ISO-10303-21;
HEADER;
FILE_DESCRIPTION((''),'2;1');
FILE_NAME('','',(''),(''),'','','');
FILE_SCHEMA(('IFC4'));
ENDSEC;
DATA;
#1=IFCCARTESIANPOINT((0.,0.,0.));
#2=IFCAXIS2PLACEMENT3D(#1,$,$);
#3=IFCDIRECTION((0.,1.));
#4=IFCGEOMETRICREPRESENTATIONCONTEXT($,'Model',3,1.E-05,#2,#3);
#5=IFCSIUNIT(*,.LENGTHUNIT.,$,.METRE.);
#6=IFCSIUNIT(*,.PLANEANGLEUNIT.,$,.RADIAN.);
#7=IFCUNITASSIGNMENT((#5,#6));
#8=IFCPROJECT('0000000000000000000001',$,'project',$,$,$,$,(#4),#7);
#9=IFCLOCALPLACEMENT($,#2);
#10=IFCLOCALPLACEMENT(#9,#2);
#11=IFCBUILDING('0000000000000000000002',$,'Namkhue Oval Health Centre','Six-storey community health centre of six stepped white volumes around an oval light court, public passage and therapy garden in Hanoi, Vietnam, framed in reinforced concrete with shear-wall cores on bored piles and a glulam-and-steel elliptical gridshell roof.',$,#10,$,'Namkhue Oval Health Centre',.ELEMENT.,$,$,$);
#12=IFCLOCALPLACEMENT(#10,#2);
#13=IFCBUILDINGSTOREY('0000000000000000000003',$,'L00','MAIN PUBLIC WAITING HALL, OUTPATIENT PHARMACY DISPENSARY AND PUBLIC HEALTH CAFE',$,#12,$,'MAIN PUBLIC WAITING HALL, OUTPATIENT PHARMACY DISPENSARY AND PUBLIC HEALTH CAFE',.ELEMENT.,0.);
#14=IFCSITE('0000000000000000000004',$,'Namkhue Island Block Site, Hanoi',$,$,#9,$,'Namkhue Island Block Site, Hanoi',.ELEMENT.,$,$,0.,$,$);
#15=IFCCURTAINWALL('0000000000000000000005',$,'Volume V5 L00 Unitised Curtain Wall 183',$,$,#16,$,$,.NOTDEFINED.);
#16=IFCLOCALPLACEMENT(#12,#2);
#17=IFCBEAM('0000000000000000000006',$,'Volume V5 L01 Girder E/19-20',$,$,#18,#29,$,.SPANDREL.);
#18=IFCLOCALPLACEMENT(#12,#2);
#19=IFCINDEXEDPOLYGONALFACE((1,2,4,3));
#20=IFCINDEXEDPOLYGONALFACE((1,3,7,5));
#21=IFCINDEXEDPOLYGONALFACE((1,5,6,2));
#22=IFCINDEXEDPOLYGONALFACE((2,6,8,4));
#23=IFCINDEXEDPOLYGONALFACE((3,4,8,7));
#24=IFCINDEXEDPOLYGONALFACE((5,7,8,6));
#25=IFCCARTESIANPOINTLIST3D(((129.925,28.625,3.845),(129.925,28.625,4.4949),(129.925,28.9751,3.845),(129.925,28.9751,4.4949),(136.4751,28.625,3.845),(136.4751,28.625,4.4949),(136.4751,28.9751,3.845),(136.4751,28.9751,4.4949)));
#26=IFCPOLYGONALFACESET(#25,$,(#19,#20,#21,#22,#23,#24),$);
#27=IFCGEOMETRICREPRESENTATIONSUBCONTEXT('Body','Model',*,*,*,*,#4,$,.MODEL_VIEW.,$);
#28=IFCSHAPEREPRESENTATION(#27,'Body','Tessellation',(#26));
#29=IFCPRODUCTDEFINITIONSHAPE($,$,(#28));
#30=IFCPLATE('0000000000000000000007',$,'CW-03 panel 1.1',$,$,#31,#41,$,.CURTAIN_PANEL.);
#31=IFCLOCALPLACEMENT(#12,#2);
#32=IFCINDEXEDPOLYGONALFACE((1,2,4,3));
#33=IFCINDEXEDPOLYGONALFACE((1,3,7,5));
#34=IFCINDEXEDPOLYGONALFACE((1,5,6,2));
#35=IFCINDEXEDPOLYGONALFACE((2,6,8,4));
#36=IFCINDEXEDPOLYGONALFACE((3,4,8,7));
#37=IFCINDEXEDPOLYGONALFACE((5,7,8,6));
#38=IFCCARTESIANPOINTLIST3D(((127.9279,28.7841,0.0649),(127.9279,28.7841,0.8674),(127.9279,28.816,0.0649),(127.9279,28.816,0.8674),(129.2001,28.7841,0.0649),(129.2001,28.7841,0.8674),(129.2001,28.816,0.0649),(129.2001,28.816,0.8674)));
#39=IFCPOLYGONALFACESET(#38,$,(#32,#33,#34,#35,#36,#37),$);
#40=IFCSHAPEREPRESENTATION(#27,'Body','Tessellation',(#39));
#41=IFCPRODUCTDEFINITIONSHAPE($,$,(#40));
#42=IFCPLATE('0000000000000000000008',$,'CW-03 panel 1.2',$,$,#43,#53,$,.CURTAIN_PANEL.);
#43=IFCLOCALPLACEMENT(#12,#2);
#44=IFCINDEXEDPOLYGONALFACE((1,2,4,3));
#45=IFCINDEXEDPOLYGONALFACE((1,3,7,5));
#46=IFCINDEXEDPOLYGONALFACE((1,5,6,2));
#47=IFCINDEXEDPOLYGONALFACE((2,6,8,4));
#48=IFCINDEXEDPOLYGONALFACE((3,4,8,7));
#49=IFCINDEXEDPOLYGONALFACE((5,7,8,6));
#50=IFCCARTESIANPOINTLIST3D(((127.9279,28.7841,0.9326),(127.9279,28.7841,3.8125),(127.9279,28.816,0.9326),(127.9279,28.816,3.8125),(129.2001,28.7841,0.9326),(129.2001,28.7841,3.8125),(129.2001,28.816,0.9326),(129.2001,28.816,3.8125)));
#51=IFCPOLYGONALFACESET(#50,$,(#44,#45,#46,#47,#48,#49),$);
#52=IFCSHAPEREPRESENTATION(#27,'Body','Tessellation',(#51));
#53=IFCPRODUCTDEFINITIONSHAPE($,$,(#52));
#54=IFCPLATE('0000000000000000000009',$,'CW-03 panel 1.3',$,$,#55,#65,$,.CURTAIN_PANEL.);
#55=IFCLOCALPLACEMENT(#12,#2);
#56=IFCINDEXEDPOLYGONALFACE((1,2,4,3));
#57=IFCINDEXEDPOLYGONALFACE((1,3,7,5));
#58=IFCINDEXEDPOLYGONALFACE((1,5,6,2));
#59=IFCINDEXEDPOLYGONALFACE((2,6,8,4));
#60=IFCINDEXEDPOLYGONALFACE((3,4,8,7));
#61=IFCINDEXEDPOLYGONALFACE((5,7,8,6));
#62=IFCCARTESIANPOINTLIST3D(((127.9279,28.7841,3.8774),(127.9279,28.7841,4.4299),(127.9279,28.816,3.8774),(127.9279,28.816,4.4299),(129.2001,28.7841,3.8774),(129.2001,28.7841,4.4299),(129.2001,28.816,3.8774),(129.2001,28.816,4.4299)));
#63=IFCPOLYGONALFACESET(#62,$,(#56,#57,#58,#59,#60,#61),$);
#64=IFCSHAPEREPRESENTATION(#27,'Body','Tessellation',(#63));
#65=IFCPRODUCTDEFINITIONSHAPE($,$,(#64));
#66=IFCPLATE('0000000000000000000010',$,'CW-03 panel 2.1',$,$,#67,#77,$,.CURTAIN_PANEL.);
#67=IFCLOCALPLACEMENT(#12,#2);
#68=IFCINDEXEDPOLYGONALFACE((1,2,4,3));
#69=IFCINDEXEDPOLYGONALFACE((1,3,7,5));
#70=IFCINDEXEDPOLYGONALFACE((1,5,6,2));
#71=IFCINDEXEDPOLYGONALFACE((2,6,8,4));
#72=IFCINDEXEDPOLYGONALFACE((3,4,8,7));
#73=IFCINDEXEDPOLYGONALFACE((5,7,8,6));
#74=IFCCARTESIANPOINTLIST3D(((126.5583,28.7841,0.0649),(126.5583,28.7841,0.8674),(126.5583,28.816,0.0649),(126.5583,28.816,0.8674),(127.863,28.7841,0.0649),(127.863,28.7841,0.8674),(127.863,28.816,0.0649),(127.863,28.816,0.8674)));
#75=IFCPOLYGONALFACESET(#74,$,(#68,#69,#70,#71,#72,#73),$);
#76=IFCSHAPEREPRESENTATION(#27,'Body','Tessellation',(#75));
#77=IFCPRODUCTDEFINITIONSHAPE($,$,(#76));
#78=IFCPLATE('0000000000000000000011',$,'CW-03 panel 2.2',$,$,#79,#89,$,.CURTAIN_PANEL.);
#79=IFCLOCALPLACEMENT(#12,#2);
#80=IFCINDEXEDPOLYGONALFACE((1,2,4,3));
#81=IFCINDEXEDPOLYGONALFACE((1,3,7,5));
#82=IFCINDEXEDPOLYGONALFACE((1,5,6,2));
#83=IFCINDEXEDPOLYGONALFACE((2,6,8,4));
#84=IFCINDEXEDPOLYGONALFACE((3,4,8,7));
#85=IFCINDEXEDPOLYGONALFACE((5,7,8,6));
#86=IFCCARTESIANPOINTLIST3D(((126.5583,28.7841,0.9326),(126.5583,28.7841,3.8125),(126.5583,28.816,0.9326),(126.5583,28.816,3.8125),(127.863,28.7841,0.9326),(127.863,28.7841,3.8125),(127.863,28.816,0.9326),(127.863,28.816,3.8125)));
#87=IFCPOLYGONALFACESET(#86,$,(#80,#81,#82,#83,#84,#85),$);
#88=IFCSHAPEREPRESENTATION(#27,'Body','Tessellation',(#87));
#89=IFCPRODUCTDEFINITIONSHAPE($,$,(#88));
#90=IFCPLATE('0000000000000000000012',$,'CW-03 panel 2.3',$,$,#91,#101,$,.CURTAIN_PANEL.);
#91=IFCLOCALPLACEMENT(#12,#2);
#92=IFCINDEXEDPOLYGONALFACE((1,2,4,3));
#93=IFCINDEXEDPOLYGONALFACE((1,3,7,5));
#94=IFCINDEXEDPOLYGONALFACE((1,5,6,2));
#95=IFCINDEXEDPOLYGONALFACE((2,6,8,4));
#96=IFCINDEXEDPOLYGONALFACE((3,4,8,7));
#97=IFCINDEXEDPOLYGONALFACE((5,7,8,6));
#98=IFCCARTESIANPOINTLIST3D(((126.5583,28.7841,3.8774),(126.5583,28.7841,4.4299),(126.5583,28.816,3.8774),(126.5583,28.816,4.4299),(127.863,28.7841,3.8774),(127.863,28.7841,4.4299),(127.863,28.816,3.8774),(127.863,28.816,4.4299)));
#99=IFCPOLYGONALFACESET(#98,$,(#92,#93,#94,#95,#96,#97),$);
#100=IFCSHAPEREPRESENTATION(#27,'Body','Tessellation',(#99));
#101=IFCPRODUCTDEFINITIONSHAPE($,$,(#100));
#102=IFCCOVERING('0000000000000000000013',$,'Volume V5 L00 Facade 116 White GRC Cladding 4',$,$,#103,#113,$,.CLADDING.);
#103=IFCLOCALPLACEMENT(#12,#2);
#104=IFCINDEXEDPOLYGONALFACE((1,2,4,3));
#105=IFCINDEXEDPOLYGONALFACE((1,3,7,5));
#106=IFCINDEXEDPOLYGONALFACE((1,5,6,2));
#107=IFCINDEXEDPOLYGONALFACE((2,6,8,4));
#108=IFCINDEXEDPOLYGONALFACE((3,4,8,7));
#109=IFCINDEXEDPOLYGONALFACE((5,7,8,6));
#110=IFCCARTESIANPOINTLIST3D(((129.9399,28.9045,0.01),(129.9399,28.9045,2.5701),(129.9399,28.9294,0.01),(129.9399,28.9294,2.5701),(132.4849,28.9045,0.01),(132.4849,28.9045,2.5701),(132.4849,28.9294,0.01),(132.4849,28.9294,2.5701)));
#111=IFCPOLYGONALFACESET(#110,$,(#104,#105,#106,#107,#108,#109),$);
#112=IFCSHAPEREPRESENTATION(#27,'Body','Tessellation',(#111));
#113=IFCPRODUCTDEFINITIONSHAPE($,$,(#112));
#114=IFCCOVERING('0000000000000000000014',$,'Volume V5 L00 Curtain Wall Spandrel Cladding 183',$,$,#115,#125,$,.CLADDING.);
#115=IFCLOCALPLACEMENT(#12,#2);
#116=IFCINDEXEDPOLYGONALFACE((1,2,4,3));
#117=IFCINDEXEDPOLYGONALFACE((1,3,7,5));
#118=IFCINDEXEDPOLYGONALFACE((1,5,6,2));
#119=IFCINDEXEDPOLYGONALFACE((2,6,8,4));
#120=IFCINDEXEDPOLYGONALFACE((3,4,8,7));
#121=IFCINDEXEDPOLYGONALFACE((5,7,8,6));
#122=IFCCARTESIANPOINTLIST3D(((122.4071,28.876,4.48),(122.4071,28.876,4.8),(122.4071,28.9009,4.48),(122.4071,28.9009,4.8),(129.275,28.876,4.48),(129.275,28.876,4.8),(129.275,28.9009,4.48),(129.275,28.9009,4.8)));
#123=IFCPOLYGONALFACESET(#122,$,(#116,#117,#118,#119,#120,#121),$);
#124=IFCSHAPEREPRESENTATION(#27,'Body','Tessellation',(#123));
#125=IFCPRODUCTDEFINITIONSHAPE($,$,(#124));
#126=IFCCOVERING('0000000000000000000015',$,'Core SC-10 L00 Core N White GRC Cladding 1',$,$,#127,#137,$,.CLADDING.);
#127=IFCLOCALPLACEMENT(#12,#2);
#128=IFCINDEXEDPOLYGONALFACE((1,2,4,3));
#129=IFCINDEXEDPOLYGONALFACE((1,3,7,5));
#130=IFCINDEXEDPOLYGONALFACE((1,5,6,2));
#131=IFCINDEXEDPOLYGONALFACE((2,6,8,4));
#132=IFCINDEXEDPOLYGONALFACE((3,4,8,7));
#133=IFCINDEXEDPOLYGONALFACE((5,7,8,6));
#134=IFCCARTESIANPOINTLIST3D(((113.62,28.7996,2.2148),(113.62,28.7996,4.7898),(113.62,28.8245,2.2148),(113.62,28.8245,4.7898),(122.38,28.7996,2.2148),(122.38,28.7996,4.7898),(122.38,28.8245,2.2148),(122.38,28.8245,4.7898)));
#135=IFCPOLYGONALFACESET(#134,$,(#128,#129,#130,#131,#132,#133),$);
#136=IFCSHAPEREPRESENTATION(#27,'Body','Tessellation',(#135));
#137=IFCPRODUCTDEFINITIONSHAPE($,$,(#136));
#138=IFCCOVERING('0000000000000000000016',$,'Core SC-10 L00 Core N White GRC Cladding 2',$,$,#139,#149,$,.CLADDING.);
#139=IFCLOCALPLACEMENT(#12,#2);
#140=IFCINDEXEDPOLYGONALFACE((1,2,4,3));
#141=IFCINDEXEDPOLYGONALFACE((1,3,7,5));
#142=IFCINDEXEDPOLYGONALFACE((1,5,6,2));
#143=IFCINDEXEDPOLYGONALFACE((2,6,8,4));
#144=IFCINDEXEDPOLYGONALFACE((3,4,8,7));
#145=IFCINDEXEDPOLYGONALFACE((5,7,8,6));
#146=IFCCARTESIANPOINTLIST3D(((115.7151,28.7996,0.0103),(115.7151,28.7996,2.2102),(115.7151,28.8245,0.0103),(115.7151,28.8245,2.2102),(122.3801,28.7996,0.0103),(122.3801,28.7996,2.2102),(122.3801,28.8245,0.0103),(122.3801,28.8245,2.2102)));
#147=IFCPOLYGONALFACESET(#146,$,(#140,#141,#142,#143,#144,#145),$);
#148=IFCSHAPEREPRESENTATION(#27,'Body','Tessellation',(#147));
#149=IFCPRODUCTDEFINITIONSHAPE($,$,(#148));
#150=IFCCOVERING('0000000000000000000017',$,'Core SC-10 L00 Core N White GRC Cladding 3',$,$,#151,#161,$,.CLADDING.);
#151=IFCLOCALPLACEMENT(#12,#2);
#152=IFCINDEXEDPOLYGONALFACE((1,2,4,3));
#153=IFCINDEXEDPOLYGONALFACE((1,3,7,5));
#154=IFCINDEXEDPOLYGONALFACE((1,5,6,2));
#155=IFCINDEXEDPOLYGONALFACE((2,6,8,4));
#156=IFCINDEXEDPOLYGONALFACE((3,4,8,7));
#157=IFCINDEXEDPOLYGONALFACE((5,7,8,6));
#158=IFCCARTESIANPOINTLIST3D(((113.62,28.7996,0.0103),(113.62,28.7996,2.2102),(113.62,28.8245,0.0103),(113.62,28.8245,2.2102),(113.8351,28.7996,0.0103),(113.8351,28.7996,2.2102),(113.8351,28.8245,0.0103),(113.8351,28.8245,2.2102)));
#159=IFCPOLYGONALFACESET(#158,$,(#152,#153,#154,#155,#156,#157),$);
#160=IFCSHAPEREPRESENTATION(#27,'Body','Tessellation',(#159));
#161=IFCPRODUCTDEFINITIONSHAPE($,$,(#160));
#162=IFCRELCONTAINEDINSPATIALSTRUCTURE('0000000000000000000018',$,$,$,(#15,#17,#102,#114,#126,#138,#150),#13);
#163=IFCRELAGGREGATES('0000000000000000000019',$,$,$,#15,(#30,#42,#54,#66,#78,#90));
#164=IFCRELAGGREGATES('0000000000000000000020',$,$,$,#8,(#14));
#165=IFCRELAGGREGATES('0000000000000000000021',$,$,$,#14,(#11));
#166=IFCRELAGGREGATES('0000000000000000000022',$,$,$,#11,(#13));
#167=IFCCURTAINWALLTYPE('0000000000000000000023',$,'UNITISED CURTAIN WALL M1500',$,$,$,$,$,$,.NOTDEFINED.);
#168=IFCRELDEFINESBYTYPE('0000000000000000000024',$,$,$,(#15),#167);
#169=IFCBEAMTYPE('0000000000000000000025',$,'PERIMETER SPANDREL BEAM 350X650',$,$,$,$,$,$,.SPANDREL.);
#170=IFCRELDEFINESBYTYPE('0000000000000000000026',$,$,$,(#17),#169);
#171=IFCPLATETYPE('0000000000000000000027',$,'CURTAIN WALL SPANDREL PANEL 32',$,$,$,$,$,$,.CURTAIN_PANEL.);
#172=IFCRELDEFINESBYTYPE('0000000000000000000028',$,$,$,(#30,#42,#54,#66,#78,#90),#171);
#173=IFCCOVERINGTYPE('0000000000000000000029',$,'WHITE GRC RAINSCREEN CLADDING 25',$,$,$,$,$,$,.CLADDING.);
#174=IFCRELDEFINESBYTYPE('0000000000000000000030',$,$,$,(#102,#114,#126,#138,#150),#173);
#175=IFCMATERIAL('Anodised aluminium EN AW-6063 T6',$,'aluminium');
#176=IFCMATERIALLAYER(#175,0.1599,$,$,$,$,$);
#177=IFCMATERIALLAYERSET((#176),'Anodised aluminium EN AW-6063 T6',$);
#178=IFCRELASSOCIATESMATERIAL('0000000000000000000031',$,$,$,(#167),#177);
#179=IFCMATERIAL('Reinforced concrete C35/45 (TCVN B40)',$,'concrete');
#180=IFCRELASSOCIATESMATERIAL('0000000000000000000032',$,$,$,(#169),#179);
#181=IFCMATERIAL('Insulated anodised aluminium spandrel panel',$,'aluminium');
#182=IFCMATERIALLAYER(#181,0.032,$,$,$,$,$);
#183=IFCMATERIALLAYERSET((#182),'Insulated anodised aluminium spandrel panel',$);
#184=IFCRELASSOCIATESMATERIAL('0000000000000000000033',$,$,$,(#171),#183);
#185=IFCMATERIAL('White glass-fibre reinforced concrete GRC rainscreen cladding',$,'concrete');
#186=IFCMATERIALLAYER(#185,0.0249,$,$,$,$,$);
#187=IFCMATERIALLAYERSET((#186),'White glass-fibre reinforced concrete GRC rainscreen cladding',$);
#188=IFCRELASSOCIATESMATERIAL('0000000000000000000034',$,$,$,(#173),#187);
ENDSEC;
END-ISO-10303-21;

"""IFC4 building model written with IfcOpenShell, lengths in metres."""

from ifc_helpers import new_model, si_unit, direction, frame, origin, origin_2d, place, context, subcontext, project, spatial, rectangle, extrude, material, layer, layer_set, material_profile, profile_set, type_object, element, aggregate, save


model = new_model("IFC4")

# Units and contexts
model_context = context("Model", 3, precision=1e-05, world=origin(), true_north=direction((0.0, 1.0)))
body_context = subcontext(model_context, "Body", "Model", "MODEL_VIEW")
ifc_project = project(units=[si_unit("LENGTHUNIT", "METRE"), si_unit("PLANEANGLEUNIT", "RADIAN")], contexts=[model_context])

# Site, building, storey
site_placement = place(None, origin())
site = spatial("IfcSite", under=ifc_project, at=site_placement, Name="Namkhue Island Block Site, Hanoi", LongName="Namkhue Island Block Site, Hanoi", CompositionType="ELEMENT", RefElevation=0.0)
building_placement = place(site_placement, origin())
building = spatial("IfcBuilding", under=site, at=building_placement, Name="Namkhue Oval Health Centre", Description="Six-storey community health centre of six stepped white volumes around an oval light court, public passage and therapy garden in Hanoi, Vietnam, framed in reinforced concrete with shear-wall cores on bored piles and a glulam-and-steel elliptical gridshell roof.", LongName="Namkhue Oval Health Centre", CompositionType="ELEMENT")
storey_placement = place(building_placement, origin())
storey = spatial("IfcBuildingStorey", under=building, at=storey_placement, Name="L00", Description="MAIN PUBLIC WAITING HALL, OUTPATIENT PHARMACY DISPENSARY AND PUBLIC HEALTH CAFE", LongName="MAIN PUBLIC WAITING HALL, OUTPATIENT PHARMACY DISPENSARY AND PUBLIC HEALTH CAFE", CompositionType="ELEMENT", Elevation=0.0)

# Shared definitions
ifc_material_1 = material(Name="Reinforced concrete C35/45 (TCVN B40)", Category="concrete")

# Curtain wall
ifc_material_2 = material(Name="Anodised aluminium EN AW-6063 T6", Category="aluminium")
ifc_layer_1 = layer(ifc_material_2, 0.1599)
ifc_layer_set_1 = layer_set([ifc_layer_1], Name="Anodised aluminium EN AW-6063 T6")
curtain_wall_type = type_object("IfcCurtainWallType", Name="UNITISED CURTAIN WALL M1500", PredefinedType="NOTDEFINED", material=ifc_layer_set_1)
curtain_wall_placement = place(storey_placement, origin())
curtain_wall = element("IfcCurtainWall", 1, at=curtain_wall_placement, inside=storey, type_object=curtain_wall_type, Name="Volume V5 L00 Unitised Curtain Wall 183", PredefinedType="NOTDEFINED")

# Beam
ifc_material_profile_1 = material_profile(ifc_material_1, rectangle(XDim=0.3501, YDim=0.6499, at=origin_2d()), Name="RC 350x650")
ifc_profile_set_1 = profile_set([ifc_material_profile_1], Name="Reinforced concrete C35/45 (TCVN B40)")
beam_type = type_object("IfcBeamType", Name="PERIMETER SPANDREL BEAM 350X650", PredefinedType="SPANDREL", material=ifc_profile_set_1)
beam_placement = place(storey_placement, frame((129.925, 28.8, 4.1699), z_axis=(1.0, 0.0, 0.0), x_axis=(0.0, 1.0, 0.0)))
element("IfcBeam", 2, at=beam_placement, inside=storey, type_object=beam_type, Name="Volume V5 L01 Girder E/19-20", PredefinedType="SPANDREL", context=body_context, shape_type="SweptSolid", body=[
    extrude(rectangle(XDim=0.3501, YDim=0.6499, at=origin_2d()), origin(), (0.0, 0.0, 1.0), 6.55),
])

# Plates
ifc_material_3 = material(Name="Insulated anodised aluminium spandrel panel", Category="aluminium")
ifc_layer_2 = layer(ifc_material_3, 0.032)
ifc_layer_set_2 = layer_set([ifc_layer_2], Name="Insulated anodised aluminium spandrel panel")
plate_type = type_object("IfcPlateType", Name="CURTAIN WALL SPANDREL PANEL 32", PredefinedType="CURTAIN_PANEL", material=ifc_layer_set_2)
plate_1_placement = place(storey_placement, frame((128.564, 28.8, 0.0649), z_axis=(0.0, 0.0, 1.0), x_axis=(-1.0, 0.0, 0.0)))
plate_1 = element("IfcPlate", 3, at=plate_1_placement, type_object=plate_type, Name="CW-03 panel 1.1", PredefinedType="CURTAIN_PANEL", context=body_context, shape_type="SweptSolid", body=[
    extrude(rectangle(XDim=1.2722, YDim=0.032, at=origin_2d()), origin(), (0.0, 0.0, 1.0), 0.8025),
])
plate_2_placement = place(storey_placement, frame((128.564, 28.8, 0.9326), z_axis=(0.0, 0.0, 1.0), x_axis=(-1.0, 0.0, 0.0)))
plate_2 = element("IfcPlate", 4, at=plate_2_placement, type_object=plate_type, Name="CW-03 panel 1.2", PredefinedType="CURTAIN_PANEL", context=body_context, shape_type="SweptSolid", body=[
    extrude(rectangle(XDim=1.2722, YDim=0.032, at=origin_2d()), origin(), (0.0, 0.0, 1.0), 2.8799),
])
plate_3_placement = place(storey_placement, frame((128.564, 28.8, 3.8774), z_axis=(0.0, 0.0, 1.0), x_axis=(-1.0, 0.0, 0.0)))
plate_3 = element("IfcPlate", 5, at=plate_3_placement, type_object=plate_type, Name="CW-03 panel 1.3", PredefinedType="CURTAIN_PANEL", context=body_context, shape_type="SweptSolid", body=[
    extrude(rectangle(XDim=1.2722, YDim=0.032, at=origin_2d()), origin(), (0.0, 0.0, 1.0), 0.5525),
])
plate_4_placement = place(storey_placement, frame((127.2107, 28.8, 0.0649), z_axis=(0.0, 0.0, 1.0), x_axis=(-1.0, 0.0, 0.0)))
plate_4 = element("IfcPlate", 6, at=plate_4_placement, type_object=plate_type, Name="CW-03 panel 2.1", PredefinedType="CURTAIN_PANEL", context=body_context, shape_type="SweptSolid", body=[
    extrude(rectangle(XDim=1.3047, YDim=0.032, at=origin_2d()), origin(), (0.0, 0.0, 1.0), 0.8025),
])
plate_5_placement = place(storey_placement, frame((127.2107, 28.8, 0.9326), z_axis=(0.0, 0.0, 1.0), x_axis=(-1.0, 0.0, 0.0)))
plate_5 = element("IfcPlate", 7, at=plate_5_placement, type_object=plate_type, Name="CW-03 panel 2.2", PredefinedType="CURTAIN_PANEL", context=body_context, shape_type="SweptSolid", body=[
    extrude(rectangle(XDim=1.3047, YDim=0.032, at=origin_2d()), origin(), (0.0, 0.0, 1.0), 2.8799),
])
plate_6_placement = place(storey_placement, frame((127.2107, 28.8, 3.8774), z_axis=(0.0, 0.0, 1.0), x_axis=(-1.0, 0.0, 0.0)))
plate_6 = element("IfcPlate", 8, at=plate_6_placement, type_object=plate_type, Name="CW-03 panel 2.3", PredefinedType="CURTAIN_PANEL", context=body_context, shape_type="SweptSolid", body=[
    extrude(rectangle(XDim=1.3047, YDim=0.032, at=origin_2d()), origin(), (0.0, 0.0, 1.0), 0.5525),
])
aggregate(curtain_wall, [plate_1, plate_2, plate_3, plate_4, plate_5, plate_6])

# Coverings
ifc_material_4 = material(Name="White glass-fibre reinforced concrete GRC rainscreen cladding", Category="concrete")
ifc_layer_3 = layer(ifc_material_4, 0.0249)
ifc_layer_set_3 = layer_set([ifc_layer_3], Name="White glass-fibre reinforced concrete GRC rainscreen cladding")
covering_type = type_object("IfcCoveringType", Name="WHITE GRC RAINSCREEN CLADDING 25", PredefinedType="CLADDING", material=ifc_layer_set_3)
covering_1_placement = place(storey_placement, frame((131.2124, 28.917, 0.01), z_axis=(0.0, 0.0, 1.0), x_axis=(-1.0, 0.0, 0.0)))
element("IfcCovering", 9, at=covering_1_placement, inside=storey, type_object=covering_type, Name="Volume V5 L00 Facade 116 White GRC Cladding 4", PredefinedType="CLADDING", context=body_context, shape_type="SweptSolid", body=[
    extrude(rectangle(XDim=2.5449, YDim=0.0249, at=origin_2d()), origin(), (0.0, 0.0, 1.0), 2.5601),
])
covering_2_placement = place(storey_placement, frame((125.8411, 28.8884, 4.48), z_axis=(0.0, 0.0, 1.0), x_axis=(-1.0, 0.0, 0.0)))
element("IfcCovering", 10, at=covering_2_placement, inside=storey, type_object=covering_type, Name="Volume V5 L00 Curtain Wall Spandrel Cladding 183", PredefinedType="CLADDING", context=body_context, shape_type="SweptSolid", body=[
    extrude(rectangle(XDim=6.8679, YDim=0.0249, at=origin_2d()), origin(), (0.0, 0.0, 1.0), 0.3201),
])
covering_3_placement = place(storey_placement, frame((118.0, 28.812, 2.2148), z_axis=(0.0, 0.0, 1.0), x_axis=(-1.0, 0.0, 0.0)))
element("IfcCovering", 11, at=covering_3_placement, inside=storey, type_object=covering_type, Name="Core SC-10 L00 Core N White GRC Cladding 1", PredefinedType="CLADDING", context=body_context, shape_type="SweptSolid", body=[
    extrude(rectangle(XDim=8.76, YDim=0.0249, at=origin_2d()), origin(), (0.0, 0.0, 1.0), 2.575),
])
covering_4_placement = place(storey_placement, frame((119.0476, 28.812, 0.0103), z_axis=(0.0, 0.0, 1.0), x_axis=(-1.0, 0.0, 0.0)))
element("IfcCovering", 12, at=covering_4_placement, inside=storey, type_object=covering_type, Name="Core SC-10 L00 Core N White GRC Cladding 2", PredefinedType="CLADDING", context=body_context, shape_type="SweptSolid", body=[
    extrude(rectangle(XDim=6.665, YDim=0.0249, at=origin_2d()), origin(), (0.0, 0.0, 1.0), 2.2),
])
covering_5_placement = place(storey_placement, frame((113.7275, 28.812, 0.0103), z_axis=(0.0, 0.0, 1.0), x_axis=(-1.0, 0.0, 0.0)))
element("IfcCovering", 13, at=covering_5_placement, inside=storey, type_object=covering_type, Name="Core SC-10 L00 Core N White GRC Cladding 3", PredefinedType="CLADDING", context=body_context, shape_type="SweptSolid", body=[
    extrude(rectangle(XDim=0.2151, YDim=0.0249, at=origin_2d()), origin(), (0.0, 0.0, 1.0), 2.2),
])

save(model, "model.ifc")
